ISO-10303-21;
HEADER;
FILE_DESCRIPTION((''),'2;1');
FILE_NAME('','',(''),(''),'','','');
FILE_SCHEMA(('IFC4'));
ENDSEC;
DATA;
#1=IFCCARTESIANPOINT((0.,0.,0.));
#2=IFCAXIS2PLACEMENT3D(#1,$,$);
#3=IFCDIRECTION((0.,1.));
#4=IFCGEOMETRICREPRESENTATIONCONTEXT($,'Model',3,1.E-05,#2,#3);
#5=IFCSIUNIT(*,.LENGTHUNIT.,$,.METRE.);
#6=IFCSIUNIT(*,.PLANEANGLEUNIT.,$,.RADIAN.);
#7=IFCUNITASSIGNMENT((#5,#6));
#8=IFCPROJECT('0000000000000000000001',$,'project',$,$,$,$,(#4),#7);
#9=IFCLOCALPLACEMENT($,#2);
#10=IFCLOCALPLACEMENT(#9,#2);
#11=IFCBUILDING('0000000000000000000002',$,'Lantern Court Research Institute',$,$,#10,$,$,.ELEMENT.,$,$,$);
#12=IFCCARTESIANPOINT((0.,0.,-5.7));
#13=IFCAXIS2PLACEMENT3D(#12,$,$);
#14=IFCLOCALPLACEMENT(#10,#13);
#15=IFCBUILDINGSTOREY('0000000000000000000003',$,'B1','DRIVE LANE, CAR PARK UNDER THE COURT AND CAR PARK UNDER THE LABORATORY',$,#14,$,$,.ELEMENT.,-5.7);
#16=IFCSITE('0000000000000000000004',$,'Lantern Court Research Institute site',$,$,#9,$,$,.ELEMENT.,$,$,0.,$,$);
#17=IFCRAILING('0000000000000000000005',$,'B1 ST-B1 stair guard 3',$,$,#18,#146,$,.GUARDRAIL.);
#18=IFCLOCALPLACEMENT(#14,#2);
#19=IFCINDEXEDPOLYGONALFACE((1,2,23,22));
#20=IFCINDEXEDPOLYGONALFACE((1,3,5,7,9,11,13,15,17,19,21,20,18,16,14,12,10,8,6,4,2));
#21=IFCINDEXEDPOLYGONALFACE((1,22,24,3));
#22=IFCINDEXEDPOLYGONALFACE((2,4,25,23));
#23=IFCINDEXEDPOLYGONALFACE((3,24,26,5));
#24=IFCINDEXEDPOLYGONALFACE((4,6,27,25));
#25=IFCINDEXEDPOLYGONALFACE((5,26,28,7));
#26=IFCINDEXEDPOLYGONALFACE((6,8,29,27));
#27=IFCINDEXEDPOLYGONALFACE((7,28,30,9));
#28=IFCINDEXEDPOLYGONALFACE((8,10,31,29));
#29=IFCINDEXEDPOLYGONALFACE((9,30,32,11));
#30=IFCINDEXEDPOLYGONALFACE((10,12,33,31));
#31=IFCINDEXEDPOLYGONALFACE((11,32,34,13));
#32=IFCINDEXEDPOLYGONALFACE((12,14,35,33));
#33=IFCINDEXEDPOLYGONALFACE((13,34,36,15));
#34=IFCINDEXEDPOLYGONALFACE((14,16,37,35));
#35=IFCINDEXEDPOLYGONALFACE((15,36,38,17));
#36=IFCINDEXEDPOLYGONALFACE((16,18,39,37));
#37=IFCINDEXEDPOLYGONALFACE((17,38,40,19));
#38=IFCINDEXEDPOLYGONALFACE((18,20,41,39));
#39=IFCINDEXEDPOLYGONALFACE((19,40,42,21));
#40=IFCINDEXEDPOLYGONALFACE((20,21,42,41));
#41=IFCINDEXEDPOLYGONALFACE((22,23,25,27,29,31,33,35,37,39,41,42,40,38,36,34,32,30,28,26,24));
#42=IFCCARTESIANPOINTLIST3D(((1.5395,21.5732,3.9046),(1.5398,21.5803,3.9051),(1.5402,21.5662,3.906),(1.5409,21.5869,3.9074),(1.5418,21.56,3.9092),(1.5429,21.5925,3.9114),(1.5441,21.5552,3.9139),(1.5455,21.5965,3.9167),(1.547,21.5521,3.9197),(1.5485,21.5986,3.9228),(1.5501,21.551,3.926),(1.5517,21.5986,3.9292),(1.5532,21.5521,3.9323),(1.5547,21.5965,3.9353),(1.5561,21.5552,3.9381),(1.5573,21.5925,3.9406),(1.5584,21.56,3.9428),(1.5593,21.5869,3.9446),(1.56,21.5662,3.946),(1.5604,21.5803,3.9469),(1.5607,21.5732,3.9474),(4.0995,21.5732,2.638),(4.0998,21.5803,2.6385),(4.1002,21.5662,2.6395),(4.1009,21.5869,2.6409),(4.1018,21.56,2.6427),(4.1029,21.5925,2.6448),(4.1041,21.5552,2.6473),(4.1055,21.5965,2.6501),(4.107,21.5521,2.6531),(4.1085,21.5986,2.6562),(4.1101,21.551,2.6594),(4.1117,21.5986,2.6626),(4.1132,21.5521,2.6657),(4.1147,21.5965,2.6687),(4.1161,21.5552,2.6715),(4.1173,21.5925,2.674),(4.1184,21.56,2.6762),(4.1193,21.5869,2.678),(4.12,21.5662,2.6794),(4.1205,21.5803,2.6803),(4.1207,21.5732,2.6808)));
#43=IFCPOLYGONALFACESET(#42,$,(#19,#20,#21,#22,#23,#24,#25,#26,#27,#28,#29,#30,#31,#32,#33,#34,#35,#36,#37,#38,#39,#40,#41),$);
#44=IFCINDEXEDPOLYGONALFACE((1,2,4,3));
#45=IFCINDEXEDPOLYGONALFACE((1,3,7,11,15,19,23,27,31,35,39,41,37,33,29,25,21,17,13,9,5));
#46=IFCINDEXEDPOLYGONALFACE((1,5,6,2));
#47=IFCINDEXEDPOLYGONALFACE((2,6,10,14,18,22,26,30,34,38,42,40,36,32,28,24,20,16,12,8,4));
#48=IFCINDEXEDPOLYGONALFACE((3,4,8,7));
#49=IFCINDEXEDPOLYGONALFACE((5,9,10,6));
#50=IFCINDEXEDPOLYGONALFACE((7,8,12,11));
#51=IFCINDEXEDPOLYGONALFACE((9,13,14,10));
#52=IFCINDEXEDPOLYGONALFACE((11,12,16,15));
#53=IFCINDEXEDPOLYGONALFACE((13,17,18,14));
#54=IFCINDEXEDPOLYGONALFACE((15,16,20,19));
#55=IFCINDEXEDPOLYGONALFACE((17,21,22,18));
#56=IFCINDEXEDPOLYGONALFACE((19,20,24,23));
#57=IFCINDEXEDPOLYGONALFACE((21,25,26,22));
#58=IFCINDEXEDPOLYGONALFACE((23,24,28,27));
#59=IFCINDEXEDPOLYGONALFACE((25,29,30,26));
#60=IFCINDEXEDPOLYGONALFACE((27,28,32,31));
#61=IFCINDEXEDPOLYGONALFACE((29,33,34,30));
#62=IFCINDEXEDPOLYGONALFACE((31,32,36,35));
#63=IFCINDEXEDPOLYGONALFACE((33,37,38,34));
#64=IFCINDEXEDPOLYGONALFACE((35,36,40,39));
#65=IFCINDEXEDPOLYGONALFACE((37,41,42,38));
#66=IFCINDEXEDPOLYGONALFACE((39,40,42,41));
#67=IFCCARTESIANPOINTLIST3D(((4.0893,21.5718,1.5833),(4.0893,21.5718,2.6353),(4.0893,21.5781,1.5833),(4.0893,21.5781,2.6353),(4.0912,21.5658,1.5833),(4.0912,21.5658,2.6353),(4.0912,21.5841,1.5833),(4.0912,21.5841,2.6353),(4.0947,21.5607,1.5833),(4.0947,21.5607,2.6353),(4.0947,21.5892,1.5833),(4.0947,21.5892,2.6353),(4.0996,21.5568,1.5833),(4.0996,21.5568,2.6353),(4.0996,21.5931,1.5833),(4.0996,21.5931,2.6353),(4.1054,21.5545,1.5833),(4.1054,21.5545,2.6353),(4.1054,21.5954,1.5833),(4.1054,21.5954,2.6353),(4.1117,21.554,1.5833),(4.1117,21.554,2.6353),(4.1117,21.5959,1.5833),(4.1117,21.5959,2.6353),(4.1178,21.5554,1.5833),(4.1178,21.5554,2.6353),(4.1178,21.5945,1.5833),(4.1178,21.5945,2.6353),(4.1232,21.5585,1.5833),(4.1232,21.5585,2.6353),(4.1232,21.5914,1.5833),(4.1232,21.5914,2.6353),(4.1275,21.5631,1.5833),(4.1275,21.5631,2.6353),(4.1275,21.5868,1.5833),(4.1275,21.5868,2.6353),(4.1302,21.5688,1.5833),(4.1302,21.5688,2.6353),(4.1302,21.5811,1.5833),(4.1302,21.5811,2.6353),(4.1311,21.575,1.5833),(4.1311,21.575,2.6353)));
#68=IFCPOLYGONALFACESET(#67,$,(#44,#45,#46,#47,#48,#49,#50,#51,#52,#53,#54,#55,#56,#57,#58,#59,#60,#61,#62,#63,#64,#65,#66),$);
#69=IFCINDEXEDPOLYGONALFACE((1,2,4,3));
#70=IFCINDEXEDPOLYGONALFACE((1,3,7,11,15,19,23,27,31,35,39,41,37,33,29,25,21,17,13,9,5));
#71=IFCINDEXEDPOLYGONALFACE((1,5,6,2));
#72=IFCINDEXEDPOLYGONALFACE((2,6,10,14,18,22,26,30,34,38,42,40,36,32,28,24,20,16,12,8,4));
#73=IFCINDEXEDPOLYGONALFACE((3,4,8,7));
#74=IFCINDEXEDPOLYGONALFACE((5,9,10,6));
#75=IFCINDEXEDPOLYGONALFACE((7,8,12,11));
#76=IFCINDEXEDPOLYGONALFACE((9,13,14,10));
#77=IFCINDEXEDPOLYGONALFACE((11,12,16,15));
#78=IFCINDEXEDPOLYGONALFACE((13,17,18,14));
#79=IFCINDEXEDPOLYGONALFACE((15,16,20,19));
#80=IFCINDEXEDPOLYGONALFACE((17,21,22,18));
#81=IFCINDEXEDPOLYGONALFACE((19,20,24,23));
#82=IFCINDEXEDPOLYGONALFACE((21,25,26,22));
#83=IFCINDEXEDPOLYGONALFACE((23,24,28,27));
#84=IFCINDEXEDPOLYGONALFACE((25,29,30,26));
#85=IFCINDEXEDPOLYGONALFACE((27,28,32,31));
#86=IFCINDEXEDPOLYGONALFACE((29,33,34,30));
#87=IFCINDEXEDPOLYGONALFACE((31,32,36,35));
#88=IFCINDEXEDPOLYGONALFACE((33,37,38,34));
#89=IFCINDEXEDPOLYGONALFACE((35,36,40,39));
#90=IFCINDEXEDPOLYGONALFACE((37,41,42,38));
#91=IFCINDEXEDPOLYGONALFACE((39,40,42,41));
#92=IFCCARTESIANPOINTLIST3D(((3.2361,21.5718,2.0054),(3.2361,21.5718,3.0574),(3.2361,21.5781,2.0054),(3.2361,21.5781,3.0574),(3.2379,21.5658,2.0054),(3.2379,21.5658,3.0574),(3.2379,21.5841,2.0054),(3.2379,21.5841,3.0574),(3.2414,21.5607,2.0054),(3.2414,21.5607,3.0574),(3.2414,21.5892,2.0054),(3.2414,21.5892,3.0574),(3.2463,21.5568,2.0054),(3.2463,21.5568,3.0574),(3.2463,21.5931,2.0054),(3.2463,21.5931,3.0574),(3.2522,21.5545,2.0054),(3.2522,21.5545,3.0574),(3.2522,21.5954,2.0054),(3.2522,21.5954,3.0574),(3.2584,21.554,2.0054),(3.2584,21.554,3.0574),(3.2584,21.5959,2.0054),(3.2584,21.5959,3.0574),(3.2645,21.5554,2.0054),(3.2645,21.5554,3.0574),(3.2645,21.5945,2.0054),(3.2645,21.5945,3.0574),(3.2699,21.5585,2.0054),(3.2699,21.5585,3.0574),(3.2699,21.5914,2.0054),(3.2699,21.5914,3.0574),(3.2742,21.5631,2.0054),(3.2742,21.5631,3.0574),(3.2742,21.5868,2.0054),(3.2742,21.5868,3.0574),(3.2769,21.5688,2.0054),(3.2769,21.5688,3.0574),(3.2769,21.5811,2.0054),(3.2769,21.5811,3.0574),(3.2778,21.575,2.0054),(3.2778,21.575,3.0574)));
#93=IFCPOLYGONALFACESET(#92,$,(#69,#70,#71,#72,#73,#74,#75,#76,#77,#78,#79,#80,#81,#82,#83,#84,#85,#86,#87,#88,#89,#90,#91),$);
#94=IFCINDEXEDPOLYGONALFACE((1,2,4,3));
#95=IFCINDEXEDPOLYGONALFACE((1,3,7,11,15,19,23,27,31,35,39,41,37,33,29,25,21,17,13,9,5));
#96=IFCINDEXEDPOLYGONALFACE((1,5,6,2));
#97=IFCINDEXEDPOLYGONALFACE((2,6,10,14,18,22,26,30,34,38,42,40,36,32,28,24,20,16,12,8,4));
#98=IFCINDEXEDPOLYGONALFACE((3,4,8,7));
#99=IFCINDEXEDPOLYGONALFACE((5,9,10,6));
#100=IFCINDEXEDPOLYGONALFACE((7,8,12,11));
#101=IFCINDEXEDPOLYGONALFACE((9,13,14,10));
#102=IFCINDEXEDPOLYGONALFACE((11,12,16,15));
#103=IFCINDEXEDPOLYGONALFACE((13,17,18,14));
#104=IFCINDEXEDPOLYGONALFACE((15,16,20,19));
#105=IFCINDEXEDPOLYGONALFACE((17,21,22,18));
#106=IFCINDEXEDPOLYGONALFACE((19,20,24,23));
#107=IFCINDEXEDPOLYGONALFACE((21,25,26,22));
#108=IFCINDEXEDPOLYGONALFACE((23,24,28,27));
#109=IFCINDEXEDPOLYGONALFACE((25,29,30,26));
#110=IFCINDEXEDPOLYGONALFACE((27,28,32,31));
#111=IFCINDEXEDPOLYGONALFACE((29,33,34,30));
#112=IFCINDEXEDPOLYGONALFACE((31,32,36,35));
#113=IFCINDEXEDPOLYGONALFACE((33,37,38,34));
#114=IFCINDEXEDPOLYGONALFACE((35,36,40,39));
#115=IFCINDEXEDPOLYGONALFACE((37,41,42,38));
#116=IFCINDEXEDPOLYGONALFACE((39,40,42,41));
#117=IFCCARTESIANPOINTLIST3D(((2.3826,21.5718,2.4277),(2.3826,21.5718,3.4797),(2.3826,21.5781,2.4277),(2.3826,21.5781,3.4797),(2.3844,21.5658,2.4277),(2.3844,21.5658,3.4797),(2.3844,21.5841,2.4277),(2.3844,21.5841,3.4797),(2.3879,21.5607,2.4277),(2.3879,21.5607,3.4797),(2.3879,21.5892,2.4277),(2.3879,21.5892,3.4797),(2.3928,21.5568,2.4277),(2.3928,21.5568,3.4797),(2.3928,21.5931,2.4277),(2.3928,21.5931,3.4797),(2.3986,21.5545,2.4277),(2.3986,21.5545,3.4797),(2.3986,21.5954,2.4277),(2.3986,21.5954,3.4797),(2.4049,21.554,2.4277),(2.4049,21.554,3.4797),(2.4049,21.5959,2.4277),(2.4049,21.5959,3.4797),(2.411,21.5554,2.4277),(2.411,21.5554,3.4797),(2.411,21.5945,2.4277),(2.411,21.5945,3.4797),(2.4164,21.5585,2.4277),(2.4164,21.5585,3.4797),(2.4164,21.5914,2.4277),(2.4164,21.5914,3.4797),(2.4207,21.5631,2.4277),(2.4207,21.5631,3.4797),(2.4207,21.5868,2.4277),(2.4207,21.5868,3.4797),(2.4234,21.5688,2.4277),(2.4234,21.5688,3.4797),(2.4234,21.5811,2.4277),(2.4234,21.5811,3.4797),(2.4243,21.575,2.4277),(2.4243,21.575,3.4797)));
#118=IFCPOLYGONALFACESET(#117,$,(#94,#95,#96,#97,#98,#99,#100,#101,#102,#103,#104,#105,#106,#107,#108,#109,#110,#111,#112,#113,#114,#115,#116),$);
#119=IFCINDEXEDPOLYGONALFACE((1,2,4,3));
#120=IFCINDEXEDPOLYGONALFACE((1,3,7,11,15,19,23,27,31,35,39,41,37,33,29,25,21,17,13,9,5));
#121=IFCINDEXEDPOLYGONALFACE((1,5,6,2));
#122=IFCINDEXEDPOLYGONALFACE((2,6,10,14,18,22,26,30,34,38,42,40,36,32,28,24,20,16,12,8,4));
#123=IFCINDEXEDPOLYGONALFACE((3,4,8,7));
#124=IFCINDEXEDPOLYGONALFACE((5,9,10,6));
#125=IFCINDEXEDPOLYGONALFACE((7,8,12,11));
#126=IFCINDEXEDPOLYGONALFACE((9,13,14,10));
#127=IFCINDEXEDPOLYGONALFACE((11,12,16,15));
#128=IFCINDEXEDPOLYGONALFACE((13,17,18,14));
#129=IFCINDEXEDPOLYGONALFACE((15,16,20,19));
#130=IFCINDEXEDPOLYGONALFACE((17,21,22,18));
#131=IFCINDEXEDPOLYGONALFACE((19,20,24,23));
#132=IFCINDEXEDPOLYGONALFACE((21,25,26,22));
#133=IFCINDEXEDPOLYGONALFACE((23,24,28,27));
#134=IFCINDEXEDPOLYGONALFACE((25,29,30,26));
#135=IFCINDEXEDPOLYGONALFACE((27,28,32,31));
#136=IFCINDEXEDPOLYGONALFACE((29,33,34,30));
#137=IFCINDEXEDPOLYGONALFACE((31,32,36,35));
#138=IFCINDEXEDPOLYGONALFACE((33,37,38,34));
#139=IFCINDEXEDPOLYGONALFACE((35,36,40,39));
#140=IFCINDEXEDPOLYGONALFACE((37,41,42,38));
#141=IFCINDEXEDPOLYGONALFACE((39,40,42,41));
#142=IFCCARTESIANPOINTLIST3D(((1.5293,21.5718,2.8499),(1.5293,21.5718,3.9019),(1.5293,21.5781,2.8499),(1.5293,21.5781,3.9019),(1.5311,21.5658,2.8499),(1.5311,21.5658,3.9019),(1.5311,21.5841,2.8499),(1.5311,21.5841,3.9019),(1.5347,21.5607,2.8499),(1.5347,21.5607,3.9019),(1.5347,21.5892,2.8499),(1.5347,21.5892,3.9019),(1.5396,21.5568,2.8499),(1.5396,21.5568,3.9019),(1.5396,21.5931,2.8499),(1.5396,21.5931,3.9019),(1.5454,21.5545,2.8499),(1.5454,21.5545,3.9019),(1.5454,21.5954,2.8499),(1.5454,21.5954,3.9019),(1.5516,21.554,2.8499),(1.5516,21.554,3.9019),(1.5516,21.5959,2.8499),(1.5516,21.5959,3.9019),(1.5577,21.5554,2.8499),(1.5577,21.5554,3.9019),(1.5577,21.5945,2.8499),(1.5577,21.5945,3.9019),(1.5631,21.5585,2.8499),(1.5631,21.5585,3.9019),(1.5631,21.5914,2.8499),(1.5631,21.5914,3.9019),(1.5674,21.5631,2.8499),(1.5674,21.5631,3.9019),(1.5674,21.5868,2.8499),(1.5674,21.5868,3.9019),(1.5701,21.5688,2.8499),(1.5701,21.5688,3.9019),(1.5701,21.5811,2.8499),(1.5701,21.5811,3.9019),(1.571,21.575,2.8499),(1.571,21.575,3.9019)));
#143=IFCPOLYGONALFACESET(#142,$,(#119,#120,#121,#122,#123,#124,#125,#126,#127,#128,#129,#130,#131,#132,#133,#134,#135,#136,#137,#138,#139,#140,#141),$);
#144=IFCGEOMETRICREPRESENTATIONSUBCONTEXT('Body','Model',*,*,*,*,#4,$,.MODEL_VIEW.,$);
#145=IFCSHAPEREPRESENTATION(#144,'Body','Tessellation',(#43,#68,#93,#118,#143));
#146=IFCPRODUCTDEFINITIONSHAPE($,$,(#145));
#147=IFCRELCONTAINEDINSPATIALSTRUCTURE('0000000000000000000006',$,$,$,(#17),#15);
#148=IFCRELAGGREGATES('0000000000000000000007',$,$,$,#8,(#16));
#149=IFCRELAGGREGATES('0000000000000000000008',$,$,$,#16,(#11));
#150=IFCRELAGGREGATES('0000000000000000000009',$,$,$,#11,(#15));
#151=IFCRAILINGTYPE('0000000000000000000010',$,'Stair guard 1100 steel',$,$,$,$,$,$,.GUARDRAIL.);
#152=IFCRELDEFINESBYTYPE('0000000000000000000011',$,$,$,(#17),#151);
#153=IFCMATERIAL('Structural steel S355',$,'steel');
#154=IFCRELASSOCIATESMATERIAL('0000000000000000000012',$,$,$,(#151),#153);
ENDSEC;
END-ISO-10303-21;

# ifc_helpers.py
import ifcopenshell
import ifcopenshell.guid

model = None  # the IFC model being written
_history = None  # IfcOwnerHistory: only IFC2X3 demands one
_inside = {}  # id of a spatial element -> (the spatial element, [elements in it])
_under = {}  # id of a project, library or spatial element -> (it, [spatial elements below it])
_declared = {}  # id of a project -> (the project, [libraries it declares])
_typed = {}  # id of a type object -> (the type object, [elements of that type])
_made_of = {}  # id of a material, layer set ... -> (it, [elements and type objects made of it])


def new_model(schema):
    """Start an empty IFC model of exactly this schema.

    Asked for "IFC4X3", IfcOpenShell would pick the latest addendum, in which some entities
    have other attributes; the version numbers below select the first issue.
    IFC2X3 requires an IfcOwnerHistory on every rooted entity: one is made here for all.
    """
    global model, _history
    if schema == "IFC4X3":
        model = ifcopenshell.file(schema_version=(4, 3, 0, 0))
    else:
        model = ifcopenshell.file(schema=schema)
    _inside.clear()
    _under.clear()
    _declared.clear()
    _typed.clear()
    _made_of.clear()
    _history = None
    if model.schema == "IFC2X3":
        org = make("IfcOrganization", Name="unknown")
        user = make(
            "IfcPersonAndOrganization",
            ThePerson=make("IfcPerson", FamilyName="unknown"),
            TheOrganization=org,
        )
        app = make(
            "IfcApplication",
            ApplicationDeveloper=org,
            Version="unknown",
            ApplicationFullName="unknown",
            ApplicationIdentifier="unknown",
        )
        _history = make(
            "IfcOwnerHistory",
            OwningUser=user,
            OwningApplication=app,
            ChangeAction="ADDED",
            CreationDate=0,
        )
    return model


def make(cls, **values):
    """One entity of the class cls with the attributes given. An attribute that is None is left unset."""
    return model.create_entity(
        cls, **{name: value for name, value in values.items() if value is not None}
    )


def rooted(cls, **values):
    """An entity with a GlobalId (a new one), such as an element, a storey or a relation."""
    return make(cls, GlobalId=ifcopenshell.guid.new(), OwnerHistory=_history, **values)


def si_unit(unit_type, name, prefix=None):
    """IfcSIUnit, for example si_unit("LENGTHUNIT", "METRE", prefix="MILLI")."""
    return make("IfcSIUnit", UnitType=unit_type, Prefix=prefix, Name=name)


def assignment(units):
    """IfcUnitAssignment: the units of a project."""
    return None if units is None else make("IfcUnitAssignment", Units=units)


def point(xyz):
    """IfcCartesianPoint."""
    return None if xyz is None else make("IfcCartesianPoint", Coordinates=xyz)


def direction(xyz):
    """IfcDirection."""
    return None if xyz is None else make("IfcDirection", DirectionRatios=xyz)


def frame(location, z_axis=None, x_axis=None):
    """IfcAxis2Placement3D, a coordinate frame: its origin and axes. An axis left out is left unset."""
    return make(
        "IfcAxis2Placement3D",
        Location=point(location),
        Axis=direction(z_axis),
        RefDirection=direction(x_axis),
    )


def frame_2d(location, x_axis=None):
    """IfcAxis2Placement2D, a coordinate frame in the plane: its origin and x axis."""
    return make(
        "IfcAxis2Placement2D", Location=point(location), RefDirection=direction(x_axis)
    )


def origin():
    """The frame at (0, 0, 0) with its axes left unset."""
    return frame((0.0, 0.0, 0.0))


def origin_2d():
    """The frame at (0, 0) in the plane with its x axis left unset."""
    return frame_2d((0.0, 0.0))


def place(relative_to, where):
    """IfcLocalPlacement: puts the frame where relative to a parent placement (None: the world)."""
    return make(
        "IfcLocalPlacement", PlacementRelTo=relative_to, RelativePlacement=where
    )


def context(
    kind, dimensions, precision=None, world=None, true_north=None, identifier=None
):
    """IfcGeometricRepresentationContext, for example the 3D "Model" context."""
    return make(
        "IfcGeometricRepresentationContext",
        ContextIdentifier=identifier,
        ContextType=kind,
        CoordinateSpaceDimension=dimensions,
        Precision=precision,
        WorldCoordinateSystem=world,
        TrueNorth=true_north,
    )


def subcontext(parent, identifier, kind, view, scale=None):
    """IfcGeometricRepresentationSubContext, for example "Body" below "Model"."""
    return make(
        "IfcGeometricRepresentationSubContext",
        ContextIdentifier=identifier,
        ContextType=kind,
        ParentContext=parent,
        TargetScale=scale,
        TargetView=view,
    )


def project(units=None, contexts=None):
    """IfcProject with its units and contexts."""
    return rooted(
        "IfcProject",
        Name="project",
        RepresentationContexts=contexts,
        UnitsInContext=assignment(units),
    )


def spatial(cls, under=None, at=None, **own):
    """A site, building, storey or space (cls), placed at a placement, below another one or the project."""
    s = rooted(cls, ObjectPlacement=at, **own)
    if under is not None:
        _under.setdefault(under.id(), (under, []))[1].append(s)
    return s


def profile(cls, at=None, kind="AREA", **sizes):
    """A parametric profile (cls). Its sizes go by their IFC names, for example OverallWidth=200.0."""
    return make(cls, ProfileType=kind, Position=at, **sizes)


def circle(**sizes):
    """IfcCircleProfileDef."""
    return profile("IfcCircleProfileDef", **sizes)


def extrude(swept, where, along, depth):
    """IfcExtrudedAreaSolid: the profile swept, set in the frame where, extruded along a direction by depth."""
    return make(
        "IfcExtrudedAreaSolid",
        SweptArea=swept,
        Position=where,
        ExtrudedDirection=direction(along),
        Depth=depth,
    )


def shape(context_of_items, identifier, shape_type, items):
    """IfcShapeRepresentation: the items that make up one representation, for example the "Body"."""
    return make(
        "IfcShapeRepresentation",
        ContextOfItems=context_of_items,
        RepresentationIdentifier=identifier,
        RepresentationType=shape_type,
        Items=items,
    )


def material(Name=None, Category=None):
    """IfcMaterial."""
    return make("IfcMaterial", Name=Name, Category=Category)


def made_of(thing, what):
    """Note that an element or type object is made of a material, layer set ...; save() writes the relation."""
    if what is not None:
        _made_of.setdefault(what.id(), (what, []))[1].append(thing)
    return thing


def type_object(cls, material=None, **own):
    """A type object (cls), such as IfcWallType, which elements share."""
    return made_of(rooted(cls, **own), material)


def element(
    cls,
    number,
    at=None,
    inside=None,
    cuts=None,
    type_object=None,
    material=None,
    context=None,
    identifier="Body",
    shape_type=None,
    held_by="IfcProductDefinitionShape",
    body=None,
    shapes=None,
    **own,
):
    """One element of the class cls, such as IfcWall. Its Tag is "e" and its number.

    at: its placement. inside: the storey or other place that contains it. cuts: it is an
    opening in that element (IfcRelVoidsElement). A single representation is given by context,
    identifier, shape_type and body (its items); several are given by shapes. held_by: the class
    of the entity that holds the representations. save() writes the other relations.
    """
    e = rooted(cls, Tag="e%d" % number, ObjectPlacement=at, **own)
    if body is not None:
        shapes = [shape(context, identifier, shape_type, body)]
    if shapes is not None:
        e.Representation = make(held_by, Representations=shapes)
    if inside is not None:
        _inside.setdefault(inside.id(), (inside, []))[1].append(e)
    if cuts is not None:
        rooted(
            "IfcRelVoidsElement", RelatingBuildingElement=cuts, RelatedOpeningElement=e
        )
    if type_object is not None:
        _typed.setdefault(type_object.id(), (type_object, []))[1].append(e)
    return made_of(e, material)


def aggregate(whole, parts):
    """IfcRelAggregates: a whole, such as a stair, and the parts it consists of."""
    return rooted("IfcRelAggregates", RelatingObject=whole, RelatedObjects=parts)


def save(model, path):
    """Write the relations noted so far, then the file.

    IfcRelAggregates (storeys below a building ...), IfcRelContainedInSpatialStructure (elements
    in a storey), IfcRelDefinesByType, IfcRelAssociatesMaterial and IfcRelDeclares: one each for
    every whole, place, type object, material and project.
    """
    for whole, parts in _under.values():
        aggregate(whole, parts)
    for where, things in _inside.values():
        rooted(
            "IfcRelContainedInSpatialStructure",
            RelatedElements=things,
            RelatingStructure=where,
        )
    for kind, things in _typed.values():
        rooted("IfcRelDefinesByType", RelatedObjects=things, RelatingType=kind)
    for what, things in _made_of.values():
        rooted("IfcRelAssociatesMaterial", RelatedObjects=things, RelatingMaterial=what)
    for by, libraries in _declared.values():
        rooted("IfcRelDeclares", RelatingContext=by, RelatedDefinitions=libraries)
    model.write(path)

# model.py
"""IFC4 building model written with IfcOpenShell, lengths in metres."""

from ifc_helpers import new_model, si_unit, direction, frame, origin, origin_2d, place, context, subcontext, project, spatial, circle, extrude, material, type_object, element, save


model = new_model("IFC4")

# Units and contexts
model_context = context("Model", 3, precision=1e-05, world=origin(), true_north=direction((0.0, 1.0)))
body_context = subcontext(model_context, "Body", "Model", "MODEL_VIEW")
ifc_project = project(units=[si_unit("LENGTHUNIT", "METRE"), si_unit("PLANEANGLEUNIT", "RADIAN")], contexts=[model_context])

# Site, building, storey
site_placement = place(None, origin())
site = spatial("IfcSite", under=ifc_project, at=site_placement, Name="Lantern Court Research Institute site", CompositionType="ELEMENT", RefElevation=0.0)
building_placement = place(site_placement, origin())
building = spatial("IfcBuilding", under=site, at=building_placement, Name="Lantern Court Research Institute", CompositionType="ELEMENT")
storey_placement = place(building_placement, frame((0.0, 0.0, -5.7)))
storey = spatial("IfcBuildingStorey", under=building, at=storey_placement, Name="B1", Description="DRIVE LANE, CAR PARK UNDER THE COURT AND CAR PARK UNDER THE LABORATORY", CompositionType="ELEMENT", Elevation=-5.7)

# Railing
ifc_material_1 = material(Name="Structural steel S355", Category="steel")
railing_type_1 = type_object("IfcRailingType", Name="Stair guard 1100 steel", PredefinedType="GUARDRAIL", material=ifc_material_1)
railing_1_placement = place(storey_placement, frame((4.1101, 21.575, 1.5833)))
element("IfcRailing", 1, at=railing_1_placement, inside=storey, type_object=railing_type_1, Name="B1 ST-B1 stair guard 3", PredefinedType="GUARDRAIL", context=body_context, shape_type="SweptSolid", body=[
    extrude(circle(Radius=0.0239, at=origin_2d()), frame((0.0, 0.0, 1.0762), z_axis=(-0.8963, 0.0, 0.443449), x_axis=(0.0, -1.0, 0.0)), (0.0, 0.0, 1.0), 2.8562),
    extrude(circle(Radius=0.021, at=origin_2d()), origin(), (0.0, 0.0, 1.0), 1.052),
    extrude(circle(Radius=0.021, at=origin_2d()), frame((-0.8533, 0.0, 0.4221)), (0.0, 0.0, 1.0), 1.052),
    extrude(circle(Radius=0.021, at=origin_2d()), frame((-1.7068, 0.0, 0.8445)), (0.0, 0.0, 1.0), 1.052),
    extrude(circle(Radius=0.021, at=origin_2d()), frame((-2.5601, 0.0, 1.2666)), (0.0, 0.0, 1.0), 1.052),
])

save(model, "model.ifc")
